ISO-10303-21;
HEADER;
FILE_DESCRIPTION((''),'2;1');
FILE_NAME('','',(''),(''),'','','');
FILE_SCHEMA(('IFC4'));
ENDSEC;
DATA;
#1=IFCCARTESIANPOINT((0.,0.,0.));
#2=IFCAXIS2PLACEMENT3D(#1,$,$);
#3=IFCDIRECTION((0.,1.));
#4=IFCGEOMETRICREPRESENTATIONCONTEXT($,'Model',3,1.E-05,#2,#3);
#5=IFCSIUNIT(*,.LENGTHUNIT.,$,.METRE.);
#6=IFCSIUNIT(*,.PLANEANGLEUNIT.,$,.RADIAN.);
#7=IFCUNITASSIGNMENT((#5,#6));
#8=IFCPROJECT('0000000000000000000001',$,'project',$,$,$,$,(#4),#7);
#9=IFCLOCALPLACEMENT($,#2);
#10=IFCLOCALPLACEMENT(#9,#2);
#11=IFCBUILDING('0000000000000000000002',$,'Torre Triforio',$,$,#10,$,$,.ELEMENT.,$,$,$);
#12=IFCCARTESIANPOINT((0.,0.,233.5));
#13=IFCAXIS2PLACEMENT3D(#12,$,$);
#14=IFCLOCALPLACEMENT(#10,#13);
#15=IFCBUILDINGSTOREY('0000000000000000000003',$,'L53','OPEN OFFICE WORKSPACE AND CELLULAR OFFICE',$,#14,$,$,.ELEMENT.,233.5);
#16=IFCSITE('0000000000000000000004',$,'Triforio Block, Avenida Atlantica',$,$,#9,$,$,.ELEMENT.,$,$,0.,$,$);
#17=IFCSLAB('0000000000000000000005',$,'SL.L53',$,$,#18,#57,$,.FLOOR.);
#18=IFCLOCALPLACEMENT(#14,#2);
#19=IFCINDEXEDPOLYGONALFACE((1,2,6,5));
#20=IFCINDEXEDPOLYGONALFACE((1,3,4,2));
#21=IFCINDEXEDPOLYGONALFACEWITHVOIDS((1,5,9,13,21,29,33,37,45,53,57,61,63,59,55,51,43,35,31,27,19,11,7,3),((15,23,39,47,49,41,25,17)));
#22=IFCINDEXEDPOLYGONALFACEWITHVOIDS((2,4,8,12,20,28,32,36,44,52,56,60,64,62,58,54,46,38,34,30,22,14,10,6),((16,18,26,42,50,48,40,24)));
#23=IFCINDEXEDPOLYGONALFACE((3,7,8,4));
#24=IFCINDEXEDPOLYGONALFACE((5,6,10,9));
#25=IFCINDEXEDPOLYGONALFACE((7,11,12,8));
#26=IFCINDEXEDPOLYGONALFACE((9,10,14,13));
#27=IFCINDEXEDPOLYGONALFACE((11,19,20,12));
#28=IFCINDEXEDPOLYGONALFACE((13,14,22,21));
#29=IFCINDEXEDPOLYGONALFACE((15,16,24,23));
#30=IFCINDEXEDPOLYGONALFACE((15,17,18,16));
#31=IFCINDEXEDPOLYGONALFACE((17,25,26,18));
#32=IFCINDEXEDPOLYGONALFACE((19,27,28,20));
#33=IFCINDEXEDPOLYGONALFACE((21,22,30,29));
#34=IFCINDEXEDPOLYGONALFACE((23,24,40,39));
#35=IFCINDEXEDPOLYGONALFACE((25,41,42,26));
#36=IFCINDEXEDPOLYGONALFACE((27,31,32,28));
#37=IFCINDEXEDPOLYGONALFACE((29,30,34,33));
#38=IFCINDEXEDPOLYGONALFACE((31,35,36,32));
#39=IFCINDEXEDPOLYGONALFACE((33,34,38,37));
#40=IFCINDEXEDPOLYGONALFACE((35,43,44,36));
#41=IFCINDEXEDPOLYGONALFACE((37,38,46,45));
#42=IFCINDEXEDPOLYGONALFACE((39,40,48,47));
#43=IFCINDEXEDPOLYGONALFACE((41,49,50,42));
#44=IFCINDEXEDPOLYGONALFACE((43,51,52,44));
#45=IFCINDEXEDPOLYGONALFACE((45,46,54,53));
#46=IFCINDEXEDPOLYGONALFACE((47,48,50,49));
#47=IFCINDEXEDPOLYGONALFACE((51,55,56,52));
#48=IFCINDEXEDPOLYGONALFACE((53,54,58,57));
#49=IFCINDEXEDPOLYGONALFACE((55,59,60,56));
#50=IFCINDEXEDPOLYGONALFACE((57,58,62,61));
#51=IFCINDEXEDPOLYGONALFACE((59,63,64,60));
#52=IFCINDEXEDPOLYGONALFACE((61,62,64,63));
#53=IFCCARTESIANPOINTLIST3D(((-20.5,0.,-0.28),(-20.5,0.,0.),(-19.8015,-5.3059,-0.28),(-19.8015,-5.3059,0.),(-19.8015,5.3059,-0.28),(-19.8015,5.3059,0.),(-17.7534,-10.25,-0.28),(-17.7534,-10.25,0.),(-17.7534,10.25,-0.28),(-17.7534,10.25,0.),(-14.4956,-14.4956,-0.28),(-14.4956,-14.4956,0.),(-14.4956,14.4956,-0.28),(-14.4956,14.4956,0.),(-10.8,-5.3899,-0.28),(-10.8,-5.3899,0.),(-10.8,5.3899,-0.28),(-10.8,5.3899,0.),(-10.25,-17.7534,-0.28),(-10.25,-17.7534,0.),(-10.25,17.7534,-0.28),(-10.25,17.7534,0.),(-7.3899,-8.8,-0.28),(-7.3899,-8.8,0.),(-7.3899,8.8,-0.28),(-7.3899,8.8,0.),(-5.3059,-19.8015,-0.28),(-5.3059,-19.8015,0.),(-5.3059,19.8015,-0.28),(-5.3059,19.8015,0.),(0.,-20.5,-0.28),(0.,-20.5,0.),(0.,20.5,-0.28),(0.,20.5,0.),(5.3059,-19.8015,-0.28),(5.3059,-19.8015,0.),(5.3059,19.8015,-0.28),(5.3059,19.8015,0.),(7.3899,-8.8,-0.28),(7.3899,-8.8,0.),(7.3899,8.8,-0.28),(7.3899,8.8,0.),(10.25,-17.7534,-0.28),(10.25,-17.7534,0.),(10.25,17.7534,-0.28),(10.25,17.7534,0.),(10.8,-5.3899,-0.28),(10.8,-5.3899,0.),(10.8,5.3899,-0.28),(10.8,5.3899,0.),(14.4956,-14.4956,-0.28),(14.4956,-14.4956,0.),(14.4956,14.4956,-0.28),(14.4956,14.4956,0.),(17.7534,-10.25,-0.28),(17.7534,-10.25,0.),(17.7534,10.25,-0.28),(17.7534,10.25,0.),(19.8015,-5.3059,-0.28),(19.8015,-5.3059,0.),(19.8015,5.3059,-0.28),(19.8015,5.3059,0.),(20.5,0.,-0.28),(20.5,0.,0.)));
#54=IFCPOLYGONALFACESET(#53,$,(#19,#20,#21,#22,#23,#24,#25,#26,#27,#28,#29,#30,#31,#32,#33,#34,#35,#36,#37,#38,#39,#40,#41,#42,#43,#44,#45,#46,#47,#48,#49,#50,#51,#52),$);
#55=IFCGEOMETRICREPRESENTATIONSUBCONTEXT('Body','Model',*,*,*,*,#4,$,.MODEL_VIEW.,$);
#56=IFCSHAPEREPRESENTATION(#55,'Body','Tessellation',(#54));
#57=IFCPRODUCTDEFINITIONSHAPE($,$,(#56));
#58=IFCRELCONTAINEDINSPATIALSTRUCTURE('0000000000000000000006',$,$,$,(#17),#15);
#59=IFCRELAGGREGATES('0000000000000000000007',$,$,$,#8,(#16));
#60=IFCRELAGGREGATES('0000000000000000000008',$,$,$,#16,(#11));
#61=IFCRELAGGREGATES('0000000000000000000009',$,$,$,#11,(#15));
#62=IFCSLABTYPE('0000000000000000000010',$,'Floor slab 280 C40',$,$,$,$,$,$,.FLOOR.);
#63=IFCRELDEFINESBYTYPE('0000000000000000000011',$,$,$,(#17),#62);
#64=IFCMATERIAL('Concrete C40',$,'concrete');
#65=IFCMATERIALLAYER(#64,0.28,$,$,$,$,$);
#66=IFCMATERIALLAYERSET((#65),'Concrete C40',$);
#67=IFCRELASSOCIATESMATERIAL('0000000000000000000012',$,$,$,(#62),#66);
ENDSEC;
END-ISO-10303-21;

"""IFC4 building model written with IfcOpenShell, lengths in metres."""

from ifc_helpers import new_model, si_unit, direction, frame, origin, place, context, subcontext, project, spatial, polyline, outline, extrude, material, layer, layer_set, type_object, element, save


model = new_model("IFC4")

# Units and contexts
model_context = context("Model", 3, precision=1e-05, world=origin(), true_north=direction((0.0, 1.0)))
body_context = subcontext(model_context, "Body", "Model", "MODEL_VIEW")
ifc_project = project(units=[si_unit("LENGTHUNIT", "METRE"), si_unit("PLANEANGLEUNIT", "RADIAN")], contexts=[model_context])

# Site, building, storey
site_placement = place(None, origin())
site = spatial("IfcSite", under=ifc_project, at=site_placement, Name="Triforio Block, Avenida Atlantica", CompositionType="ELEMENT", RefElevation=0.0)
building_placement = place(site_placement, origin())
building = spatial("IfcBuilding", under=site, at=building_placement, Name="Torre Triforio", CompositionType="ELEMENT")
storey_placement = place(building_placement, frame((0.0, 0.0, 233.5)))
storey = spatial("IfcBuildingStorey", under=building, at=storey_placement, Name="L53", Description="OPEN OFFICE WORKSPACE AND CELLULAR OFFICE", CompositionType="ELEMENT", Elevation=233.5)

# Slab
ifc_material_1 = material(Name="Concrete C40", Category="concrete")
ifc_layer_1 = layer(ifc_material_1, 0.28)
ifc_layer_set_1 = layer_set([ifc_layer_1], Name="Concrete C40")
slab_type_1 = type_object("IfcSlabType", Name="Floor slab 280 C40", PredefinedType="FLOOR", material=ifc_layer_set_1)
slab_1_placement = place(storey_placement, frame((0.0, 0.0, -0.28)))
element("IfcSlab", 1, at=slab_1_placement, inside=storey, type_object=slab_type_1, Name="SL.L53", PredefinedType="FLOOR", context=body_context, shape_type="SweptSolid", body=[
    extrude(outline(polyline([(17.7534, -10.25), (19.8015, -5.3059), (20.5, 0.0), (19.8015, 5.3059), (17.7534, 10.25), (14.4956, 14.4956), (10.25, 17.7534), (5.3059, 19.8015), (0.0, 20.5), (-5.3059, 19.8015), (-10.25, 17.7534), (-14.4956, 14.4956), (-17.7534, 10.25), (-19.8015, 5.3059), (-20.5, 0.0), (-19.8015, -5.3059), (-17.7534, -10.25), (-14.4956, -14.4956), (-10.25, -17.7534), (-5.3059, -19.8015), (0.0, -20.5), (5.3059, -19.8015), (10.25, -17.7534), (14.4956, -14.4956), (17.7534, -10.25)]), holes=[polyline([(10.8, 5.3899), (10.8, -5.3899), (7.3899, -8.8), (-7.3899, -8.8), (-10.8, -5.3899), (-10.8, 5.3899), (-7.3899, 8.8), (7.3899, 8.8), (10.8, 5.3899)])]), origin(), (0.0, 0.0, 1.0), 0.28),
])

save(model, "model.ifc")
